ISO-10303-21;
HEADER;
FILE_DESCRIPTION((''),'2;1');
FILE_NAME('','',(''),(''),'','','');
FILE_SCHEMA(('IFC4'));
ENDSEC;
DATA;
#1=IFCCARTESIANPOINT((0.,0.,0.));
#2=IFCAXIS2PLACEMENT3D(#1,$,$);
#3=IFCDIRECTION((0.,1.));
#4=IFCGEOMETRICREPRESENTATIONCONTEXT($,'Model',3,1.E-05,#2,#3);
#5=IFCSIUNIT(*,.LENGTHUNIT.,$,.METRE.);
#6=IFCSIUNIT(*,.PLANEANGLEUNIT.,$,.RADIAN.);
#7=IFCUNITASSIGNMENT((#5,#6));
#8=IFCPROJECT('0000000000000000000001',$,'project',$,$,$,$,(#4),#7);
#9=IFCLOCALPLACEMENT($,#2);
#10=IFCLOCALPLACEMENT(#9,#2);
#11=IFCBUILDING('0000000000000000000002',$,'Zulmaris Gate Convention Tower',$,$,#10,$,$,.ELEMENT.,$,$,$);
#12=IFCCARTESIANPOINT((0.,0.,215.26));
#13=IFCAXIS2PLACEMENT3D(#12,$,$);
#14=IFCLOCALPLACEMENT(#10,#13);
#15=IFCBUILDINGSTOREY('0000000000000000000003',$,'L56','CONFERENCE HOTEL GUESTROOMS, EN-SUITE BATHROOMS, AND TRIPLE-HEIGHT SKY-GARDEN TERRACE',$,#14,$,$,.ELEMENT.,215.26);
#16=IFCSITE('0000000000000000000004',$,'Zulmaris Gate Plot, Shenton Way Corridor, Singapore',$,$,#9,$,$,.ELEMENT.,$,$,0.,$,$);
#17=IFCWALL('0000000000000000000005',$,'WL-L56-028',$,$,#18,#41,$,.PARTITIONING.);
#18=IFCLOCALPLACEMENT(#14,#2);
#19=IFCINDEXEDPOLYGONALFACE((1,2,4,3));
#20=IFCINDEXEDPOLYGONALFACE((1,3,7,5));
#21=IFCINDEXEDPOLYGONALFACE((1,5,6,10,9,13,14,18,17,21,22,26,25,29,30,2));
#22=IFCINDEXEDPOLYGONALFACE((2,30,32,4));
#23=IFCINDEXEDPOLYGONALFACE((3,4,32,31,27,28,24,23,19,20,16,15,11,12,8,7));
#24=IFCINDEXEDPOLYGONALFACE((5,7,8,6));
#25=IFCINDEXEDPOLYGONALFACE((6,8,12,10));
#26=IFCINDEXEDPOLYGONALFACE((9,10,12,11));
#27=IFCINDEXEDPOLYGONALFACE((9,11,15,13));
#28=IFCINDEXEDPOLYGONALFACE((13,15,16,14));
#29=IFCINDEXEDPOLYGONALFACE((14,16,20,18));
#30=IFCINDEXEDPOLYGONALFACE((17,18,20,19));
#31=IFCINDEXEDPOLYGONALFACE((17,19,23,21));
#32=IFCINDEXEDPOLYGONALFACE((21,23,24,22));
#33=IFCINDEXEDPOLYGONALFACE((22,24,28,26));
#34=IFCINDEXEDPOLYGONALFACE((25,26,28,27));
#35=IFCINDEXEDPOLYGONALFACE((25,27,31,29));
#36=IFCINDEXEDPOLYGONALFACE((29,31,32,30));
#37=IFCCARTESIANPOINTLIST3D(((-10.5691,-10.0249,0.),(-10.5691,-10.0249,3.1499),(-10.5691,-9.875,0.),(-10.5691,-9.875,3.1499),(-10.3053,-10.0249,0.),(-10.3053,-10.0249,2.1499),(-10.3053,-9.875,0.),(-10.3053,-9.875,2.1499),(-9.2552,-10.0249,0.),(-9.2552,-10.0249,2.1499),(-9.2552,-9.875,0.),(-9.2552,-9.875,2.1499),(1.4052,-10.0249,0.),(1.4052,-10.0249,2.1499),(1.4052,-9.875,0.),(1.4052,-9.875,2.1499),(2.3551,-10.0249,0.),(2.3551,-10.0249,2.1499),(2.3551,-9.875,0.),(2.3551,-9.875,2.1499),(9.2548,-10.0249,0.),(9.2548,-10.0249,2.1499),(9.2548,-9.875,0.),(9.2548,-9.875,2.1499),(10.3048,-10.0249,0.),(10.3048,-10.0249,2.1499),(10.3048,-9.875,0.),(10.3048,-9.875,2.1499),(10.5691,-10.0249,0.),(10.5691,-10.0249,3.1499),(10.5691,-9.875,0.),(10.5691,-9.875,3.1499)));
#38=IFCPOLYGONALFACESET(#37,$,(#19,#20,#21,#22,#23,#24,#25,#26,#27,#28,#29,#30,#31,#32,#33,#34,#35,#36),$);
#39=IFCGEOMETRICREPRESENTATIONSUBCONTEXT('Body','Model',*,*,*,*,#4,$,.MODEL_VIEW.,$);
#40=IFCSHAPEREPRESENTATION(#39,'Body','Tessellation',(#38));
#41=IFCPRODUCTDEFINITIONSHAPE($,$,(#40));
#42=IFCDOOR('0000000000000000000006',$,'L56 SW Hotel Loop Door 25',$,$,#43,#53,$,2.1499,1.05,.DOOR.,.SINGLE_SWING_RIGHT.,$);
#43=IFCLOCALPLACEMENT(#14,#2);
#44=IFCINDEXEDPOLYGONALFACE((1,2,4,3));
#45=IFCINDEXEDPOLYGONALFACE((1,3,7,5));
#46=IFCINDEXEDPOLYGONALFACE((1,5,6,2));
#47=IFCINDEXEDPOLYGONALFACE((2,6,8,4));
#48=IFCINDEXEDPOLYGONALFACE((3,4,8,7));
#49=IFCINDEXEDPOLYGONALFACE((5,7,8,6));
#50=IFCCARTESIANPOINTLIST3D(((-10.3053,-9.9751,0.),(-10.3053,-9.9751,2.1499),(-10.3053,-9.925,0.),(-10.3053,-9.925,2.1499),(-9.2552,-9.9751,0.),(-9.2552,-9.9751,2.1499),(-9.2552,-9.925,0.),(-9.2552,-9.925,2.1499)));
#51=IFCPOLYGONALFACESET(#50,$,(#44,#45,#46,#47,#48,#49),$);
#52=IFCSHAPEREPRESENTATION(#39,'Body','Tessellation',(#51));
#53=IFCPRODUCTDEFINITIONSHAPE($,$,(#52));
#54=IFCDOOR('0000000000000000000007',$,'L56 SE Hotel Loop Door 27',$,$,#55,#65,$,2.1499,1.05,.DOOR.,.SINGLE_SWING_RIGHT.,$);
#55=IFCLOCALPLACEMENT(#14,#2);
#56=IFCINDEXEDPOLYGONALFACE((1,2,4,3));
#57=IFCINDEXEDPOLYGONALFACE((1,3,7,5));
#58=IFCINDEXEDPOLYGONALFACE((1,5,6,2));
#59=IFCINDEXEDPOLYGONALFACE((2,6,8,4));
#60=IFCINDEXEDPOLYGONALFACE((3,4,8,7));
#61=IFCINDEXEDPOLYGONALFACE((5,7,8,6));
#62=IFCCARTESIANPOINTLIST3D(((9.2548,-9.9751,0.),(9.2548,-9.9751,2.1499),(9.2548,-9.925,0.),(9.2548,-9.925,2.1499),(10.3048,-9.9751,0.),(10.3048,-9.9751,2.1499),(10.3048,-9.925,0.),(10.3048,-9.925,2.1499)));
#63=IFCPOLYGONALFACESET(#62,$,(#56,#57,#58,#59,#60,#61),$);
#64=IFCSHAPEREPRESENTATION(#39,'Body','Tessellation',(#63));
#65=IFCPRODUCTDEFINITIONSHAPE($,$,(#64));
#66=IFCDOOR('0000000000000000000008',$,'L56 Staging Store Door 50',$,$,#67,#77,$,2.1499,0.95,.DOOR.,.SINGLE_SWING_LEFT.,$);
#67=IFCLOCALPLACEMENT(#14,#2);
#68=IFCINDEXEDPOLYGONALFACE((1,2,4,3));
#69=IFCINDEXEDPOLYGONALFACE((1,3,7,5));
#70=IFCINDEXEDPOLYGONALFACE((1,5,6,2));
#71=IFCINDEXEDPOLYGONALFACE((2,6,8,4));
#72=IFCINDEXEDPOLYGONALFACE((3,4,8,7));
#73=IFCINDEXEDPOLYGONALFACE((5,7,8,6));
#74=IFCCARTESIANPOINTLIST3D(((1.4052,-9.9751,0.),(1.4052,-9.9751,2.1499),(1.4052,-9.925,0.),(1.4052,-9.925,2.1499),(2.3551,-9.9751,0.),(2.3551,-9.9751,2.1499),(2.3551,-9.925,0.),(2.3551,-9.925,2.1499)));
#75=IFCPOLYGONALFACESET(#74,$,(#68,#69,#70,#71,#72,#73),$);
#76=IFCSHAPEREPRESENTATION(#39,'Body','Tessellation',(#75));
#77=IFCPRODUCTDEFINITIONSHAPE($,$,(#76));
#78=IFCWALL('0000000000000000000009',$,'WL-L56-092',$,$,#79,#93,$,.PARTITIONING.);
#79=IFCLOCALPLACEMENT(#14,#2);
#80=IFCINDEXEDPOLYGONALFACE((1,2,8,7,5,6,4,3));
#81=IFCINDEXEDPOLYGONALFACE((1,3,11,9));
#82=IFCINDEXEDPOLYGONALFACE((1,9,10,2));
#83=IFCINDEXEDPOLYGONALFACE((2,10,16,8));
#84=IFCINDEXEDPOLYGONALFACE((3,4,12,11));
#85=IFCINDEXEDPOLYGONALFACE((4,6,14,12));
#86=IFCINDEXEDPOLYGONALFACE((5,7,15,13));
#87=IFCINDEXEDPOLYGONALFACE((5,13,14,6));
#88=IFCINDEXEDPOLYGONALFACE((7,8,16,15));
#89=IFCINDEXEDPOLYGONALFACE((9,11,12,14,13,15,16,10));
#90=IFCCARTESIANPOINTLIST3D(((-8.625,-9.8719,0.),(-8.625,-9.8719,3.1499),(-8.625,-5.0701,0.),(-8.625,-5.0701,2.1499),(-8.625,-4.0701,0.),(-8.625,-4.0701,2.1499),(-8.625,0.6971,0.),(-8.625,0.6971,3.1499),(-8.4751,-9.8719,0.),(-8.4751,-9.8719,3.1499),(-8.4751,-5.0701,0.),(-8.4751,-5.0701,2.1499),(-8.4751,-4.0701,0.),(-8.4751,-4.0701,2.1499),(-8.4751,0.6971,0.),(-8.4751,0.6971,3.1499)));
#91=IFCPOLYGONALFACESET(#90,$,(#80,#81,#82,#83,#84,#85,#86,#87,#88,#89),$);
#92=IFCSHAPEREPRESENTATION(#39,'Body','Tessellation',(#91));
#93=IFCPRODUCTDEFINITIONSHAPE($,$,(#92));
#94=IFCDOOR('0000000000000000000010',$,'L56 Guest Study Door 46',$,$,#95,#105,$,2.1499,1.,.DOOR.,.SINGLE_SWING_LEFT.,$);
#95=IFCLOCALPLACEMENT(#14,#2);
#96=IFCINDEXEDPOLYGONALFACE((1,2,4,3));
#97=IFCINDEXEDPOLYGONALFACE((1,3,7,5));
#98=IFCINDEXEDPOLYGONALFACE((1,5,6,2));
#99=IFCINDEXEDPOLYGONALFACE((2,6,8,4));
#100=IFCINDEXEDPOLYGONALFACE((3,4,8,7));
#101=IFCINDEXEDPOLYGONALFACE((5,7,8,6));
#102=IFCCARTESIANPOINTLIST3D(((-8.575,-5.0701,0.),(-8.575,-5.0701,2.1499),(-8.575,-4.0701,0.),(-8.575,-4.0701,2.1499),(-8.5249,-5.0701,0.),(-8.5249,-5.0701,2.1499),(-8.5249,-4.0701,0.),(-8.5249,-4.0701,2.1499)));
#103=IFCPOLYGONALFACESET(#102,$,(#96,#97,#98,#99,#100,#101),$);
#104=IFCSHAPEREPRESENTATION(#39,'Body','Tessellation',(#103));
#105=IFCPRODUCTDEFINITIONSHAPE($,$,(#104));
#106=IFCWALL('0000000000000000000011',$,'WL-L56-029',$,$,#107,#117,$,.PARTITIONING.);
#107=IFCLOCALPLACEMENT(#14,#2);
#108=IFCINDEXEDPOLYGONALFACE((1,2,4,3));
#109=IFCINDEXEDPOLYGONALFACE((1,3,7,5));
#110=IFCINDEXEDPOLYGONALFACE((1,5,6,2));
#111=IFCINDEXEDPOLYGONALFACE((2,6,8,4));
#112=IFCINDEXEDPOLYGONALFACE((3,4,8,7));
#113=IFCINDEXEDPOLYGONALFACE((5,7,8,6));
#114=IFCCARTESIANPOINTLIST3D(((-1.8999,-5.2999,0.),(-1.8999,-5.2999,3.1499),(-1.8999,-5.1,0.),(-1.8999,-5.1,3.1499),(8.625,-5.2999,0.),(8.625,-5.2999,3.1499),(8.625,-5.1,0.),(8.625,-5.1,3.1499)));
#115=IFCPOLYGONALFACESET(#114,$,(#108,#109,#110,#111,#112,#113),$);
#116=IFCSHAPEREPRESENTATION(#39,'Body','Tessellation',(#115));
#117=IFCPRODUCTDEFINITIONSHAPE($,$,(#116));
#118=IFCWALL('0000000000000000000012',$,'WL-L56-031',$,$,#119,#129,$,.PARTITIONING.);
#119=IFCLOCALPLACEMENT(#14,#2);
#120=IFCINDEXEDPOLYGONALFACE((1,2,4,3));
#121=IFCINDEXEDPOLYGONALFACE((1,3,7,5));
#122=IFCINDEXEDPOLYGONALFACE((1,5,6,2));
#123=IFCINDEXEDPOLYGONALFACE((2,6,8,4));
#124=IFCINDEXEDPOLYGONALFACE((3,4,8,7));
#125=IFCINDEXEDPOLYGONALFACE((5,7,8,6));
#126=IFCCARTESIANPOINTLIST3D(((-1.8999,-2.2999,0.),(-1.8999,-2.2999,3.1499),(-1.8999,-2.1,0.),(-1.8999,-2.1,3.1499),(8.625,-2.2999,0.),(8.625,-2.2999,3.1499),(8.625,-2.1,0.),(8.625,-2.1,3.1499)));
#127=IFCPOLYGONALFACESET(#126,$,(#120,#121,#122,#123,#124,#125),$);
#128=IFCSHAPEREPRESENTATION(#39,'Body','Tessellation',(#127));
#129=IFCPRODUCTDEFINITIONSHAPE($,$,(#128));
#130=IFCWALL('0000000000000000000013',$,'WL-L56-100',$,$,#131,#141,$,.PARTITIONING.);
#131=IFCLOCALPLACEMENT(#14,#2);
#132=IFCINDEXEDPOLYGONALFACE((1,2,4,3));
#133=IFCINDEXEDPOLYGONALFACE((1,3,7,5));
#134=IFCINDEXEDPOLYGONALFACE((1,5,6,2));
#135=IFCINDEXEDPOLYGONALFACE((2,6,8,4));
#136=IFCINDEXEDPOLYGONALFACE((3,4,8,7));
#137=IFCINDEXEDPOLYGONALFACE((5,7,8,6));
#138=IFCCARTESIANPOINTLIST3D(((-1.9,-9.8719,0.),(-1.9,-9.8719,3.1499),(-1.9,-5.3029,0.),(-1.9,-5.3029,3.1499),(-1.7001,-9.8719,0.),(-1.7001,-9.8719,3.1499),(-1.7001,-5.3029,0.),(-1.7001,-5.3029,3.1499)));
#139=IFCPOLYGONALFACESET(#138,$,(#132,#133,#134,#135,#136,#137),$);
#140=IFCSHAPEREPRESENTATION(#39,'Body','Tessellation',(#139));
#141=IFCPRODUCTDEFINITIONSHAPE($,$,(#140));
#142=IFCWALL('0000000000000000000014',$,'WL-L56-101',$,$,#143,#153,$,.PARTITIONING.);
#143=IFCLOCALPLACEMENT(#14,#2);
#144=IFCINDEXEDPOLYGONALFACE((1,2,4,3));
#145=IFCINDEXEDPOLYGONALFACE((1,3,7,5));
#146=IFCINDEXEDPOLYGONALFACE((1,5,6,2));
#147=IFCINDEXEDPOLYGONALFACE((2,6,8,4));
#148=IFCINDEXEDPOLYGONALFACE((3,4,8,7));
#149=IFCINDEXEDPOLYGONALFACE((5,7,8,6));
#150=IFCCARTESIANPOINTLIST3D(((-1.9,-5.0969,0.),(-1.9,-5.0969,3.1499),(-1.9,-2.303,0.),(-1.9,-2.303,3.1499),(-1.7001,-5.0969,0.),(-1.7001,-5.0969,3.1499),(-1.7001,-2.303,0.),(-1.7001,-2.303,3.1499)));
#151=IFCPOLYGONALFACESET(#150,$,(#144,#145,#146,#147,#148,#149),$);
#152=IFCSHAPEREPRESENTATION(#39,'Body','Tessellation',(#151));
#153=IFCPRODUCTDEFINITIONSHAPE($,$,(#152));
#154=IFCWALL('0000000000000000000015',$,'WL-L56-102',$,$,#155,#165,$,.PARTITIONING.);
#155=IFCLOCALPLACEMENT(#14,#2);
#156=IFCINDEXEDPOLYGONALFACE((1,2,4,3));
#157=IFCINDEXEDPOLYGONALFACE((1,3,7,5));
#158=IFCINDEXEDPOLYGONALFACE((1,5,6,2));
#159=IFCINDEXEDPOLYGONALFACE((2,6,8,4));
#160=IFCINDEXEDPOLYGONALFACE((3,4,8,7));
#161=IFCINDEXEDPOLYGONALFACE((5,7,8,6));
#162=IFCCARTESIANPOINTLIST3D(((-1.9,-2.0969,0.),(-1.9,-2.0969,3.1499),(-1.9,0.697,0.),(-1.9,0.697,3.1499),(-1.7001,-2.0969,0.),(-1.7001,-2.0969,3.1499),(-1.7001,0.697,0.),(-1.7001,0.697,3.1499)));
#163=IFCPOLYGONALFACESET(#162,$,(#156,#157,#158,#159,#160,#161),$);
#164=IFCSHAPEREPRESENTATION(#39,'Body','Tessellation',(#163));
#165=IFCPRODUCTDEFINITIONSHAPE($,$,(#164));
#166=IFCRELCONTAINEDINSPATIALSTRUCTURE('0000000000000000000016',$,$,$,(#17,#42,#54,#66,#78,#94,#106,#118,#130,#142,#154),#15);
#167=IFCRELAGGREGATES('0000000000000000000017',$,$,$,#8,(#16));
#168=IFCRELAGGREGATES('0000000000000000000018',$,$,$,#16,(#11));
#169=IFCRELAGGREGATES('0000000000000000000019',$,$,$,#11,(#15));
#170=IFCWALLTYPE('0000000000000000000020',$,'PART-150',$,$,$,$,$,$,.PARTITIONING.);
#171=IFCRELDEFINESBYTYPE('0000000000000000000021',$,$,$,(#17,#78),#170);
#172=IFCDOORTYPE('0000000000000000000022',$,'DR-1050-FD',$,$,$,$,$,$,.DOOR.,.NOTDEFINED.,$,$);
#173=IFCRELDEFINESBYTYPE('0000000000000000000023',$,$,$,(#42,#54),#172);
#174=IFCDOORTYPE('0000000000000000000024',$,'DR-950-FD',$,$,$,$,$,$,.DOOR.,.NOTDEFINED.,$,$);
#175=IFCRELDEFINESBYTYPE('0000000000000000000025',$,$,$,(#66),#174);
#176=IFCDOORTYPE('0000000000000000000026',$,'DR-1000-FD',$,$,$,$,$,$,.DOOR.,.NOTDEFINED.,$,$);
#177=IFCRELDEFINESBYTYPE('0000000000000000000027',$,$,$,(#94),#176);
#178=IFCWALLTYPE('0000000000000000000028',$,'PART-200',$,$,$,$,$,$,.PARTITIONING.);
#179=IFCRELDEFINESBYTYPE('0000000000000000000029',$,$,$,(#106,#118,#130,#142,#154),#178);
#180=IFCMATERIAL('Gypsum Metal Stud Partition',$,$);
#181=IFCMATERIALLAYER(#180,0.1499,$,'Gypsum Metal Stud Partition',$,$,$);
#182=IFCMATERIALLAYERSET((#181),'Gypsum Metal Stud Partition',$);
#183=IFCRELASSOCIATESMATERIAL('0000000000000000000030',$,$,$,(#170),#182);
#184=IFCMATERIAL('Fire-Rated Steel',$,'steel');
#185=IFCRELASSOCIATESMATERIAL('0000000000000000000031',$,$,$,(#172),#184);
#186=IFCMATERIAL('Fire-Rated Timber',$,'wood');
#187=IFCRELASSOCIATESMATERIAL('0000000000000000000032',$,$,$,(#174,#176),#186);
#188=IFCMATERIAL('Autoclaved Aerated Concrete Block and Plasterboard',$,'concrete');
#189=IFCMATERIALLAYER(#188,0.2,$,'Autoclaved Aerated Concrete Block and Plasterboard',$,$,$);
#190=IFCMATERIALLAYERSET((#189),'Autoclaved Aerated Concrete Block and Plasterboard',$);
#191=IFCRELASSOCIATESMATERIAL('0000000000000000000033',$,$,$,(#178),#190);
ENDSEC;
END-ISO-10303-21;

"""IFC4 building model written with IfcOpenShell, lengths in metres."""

from ifc_helpers import new_model, si_unit, direction, frame, frame_2d, origin, place, context, subcontext, project, spatial, rectangle, extrude, material, layer, layer_set, type_object, element, fill, save


model = new_model("IFC4")

# Units and contexts
model_context = context("Model", 3, precision=1e-05, world=origin(), true_north=direction((0.0, 1.0)))
body_context = subcontext(model_context, "Body", "Model", "MODEL_VIEW")
ifc_project = project(units=[si_unit("LENGTHUNIT", "METRE"), si_unit("PLANEANGLEUNIT", "RADIAN")], contexts=[model_context])

# Site, building, storey
site_placement = place(None, origin())
site = spatial("IfcSite", under=ifc_project, at=site_placement, Name="Zulmaris Gate Plot, Shenton Way Corridor, Singapore", CompositionType="ELEMENT", RefElevation=0.0)
building_placement = place(site_placement, origin())
building = spatial("IfcBuilding", under=site, at=building_placement, Name="Zulmaris Gate Convention Tower", CompositionType="ELEMENT")
storey_placement = place(building_placement, frame((0.0, 0.0, 215.26)))
storey = spatial("IfcBuildingStorey", under=building, at=storey_placement, Name="L56", Description="CONFERENCE HOTEL GUESTROOMS, EN-SUITE BATHROOMS, AND TRIPLE-HEIGHT SKY-GARDEN TERRACE", CompositionType="ELEMENT", Elevation=215.26)

# Wall, openings, doors
ifc_material_1 = material(Name="Gypsum Metal Stud Partition")
ifc_layer_1 = layer(ifc_material_1, 0.1499, Name="Gypsum Metal Stud Partition")
ifc_layer_set_1 = layer_set([ifc_layer_1], Name="Gypsum Metal Stud Partition")
wall_type_1 = type_object("IfcWallType", Name="PART-150", PredefinedType="PARTITIONING", material=ifc_layer_set_1)
wall_1_placement = place(storey_placement, frame((-10.5691, -9.95, 0.0), z_axis=(0.0, 0.0, 1.0), x_axis=(1.0, 0.0, 0.0)))
wall_1 = element("IfcWall", 1, at=wall_1_placement, inside=storey, type_object=wall_type_1, Name="WL-L56-028", PredefinedType="PARTITIONING", context=body_context, shape_type="SweptSolid", body=[
    extrude(rectangle(XDim=21.1382, YDim=0.1499, at=frame_2d((10.5691, 0.0))), origin(), (0.0, 0.0, 1.0), 3.1499),
])
opening_1_placement = place(wall_1_placement, frame((0.2639, 0.0, 0.0)))
opening_1 = element("IfcOpeningElement", 2, at=opening_1_placement, cuts=wall_1, PredefinedType="OPENING", context=body_context, shape_type="SweptSolid", body=[
    extrude(rectangle(XDim=1.05, YDim=2.1499, at=frame_2d((0.5249, 1.075))), frame((0.0, 0.085, 0.0), z_axis=(0.0, -1.0, 0.0), x_axis=(1.0, 0.0, 0.0)), (0.0, 0.0, 1.0), 0.1699),
])
opening_2_placement = place(wall_1_placement, frame((19.824, 0.0, 0.0)))
opening_2 = element("IfcOpeningElement", 3, at=opening_2_placement, cuts=wall_1, PredefinedType="OPENING", context=body_context, shape_type="SweptSolid", body=[
    extrude(rectangle(XDim=1.05, YDim=2.1499, at=frame_2d((0.5249, 1.075))), frame((0.0, 0.085, 0.0), z_axis=(0.0, -1.0, 0.0), x_axis=(1.0, 0.0, 0.0)), (0.0, 0.0, 1.0), 0.1699),
])
opening_3_placement = place(wall_1_placement, frame((11.9741, 0.0, 0.0)))
opening_3 = element("IfcOpeningElement", 4, at=opening_3_placement, cuts=wall_1, PredefinedType="OPENING", context=body_context, shape_type="SweptSolid", body=[
    extrude(rectangle(XDim=0.95, YDim=2.1499, at=frame_2d((0.4751, 1.075))), frame((0.0, 0.085, 0.0), z_axis=(0.0, -1.0, 0.0), x_axis=(1.0, 0.0, 0.0)), (0.0, 0.0, 1.0), 0.1699),
])
ifc_material_2 = material(Name="Fire-Rated Steel", Category="steel")
door_type_1 = type_object("IfcDoorType", Name="DR-1050-FD", OperationType="NOTDEFINED", PredefinedType="DOOR", material=ifc_material_2)
door_1_placement = place(opening_1_placement, origin())
door_1 = element("IfcDoor", 5, at=door_1_placement, inside=storey, type_object=door_type_1, Name="L56 SW Hotel Loop Door 25", OperationType="SINGLE_SWING_RIGHT", OverallHeight=2.1499, OverallWidth=1.05, PredefinedType="DOOR", context=body_context, shape_type="SweptSolid", body=[
    extrude(rectangle(XDim=1.05, YDim=2.1499, at=frame_2d((0.5249, 1.075))), frame((0.0, 0.0249, 0.0), z_axis=(0.0, -1.0, 0.0), x_axis=(1.0, 0.0, 0.0)), (0.0, 0.0, 1.0), 0.05),
])
fill(opening_1, door_1)
door_2_placement = place(opening_2_placement, origin())
door_2 = element("IfcDoor", 6, at=door_2_placement, inside=storey, type_object=door_type_1, Name="L56 SE Hotel Loop Door 27", OperationType="SINGLE_SWING_RIGHT", OverallHeight=2.1499, OverallWidth=1.05, PredefinedType="DOOR", context=body_context, shape_type="SweptSolid", body=[
    extrude(rectangle(XDim=1.05, YDim=2.1499, at=frame_2d((0.5249, 1.075))), frame((0.0, 0.0249, 0.0), z_axis=(0.0, -1.0, 0.0), x_axis=(1.0, 0.0, 0.0)), (0.0, 0.0, 1.0), 0.05),
])
fill(opening_2, door_2)
ifc_material_3 = material(Name="Fire-Rated Timber", Category="wood")
door_type_2 = type_object("IfcDoorType", Name="DR-950-FD", OperationType="NOTDEFINED", PredefinedType="DOOR", material=ifc_material_3)
door_3_placement = place(opening_3_placement, origin())
door_3 = element("IfcDoor", 7, at=door_3_placement, inside=storey, type_object=door_type_2, Name="L56 Staging Store Door 50", OperationType="SINGLE_SWING_LEFT", OverallHeight=2.1499, OverallWidth=0.95, PredefinedType="DOOR", context=body_context, shape_type="SweptSolid", body=[
    extrude(rectangle(XDim=0.95, YDim=2.1499, at=frame_2d((0.4751, 1.075))), frame((0.0, 0.0249, 0.0), z_axis=(0.0, -1.0, 0.0), x_axis=(1.0, 0.0, 0.0)), (0.0, 0.0, 1.0), 0.05),
])
fill(opening_3, door_3)

# Wall, opening, door
wall_2_placement = place(storey_placement, frame((-8.55, -9.8721, 0.0), z_axis=(0.0, 0.0, 1.0), x_axis=(0.0, 1.0, 0.0)))
wall_2 = element("IfcWall", 8, at=wall_2_placement, inside=storey, type_object=wall_type_1, Name="WL-L56-092", PredefinedType="PARTITIONING", context=body_context, shape_type="SweptSolid", body=[
    extrude(rectangle(XDim=10.5691, YDim=0.1499, at=frame_2d((5.2847, 0.0))), origin(), (0.0, 0.0, 1.0), 3.1499),
])
opening_4_placement = place(wall_2_placement, frame((4.802, 0.0, 0.0)))
opening_4 = element("IfcOpeningElement", 9, at=opening_4_placement, cuts=wall_2, PredefinedType="OPENING", context=body_context, shape_type="SweptSolid", body=[
    extrude(rectangle(XDim=1.0, YDim=2.1499, at=frame_2d((0.5, 1.075))), frame((0.0, 0.085, 0.0), z_axis=(0.0, -1.0, 0.0), x_axis=(1.0, 0.0, 0.0)), (0.0, 0.0, 1.0), 0.1699),
])
door_type_3 = type_object("IfcDoorType", Name="DR-1000-FD", OperationType="NOTDEFINED", PredefinedType="DOOR", material=ifc_material_3)
door_4_placement = place(opening_4_placement, origin())
door_4 = element("IfcDoor", 10, at=door_4_placement, inside=storey, type_object=door_type_3, Name="L56 Guest Study Door 46", OperationType="SINGLE_SWING_LEFT", OverallHeight=2.1499, OverallWidth=1.0, PredefinedType="DOOR", context=body_context, shape_type="SweptSolid", body=[
    extrude(rectangle(XDim=1.0, YDim=2.1499, at=frame_2d((0.5, 1.075))), frame((0.0, 0.0249, 0.0), z_axis=(0.0, -1.0, 0.0), x_axis=(1.0, 0.0, 0.0)), (0.0, 0.0, 1.0), 0.05),
])
fill(opening_4, door_4)

# Walls
ifc_material_4 = material(Name="Autoclaved Aerated Concrete Block and Plasterboard", Category="concrete")
ifc_layer_2 = layer(ifc_material_4, 0.2, Name="Autoclaved Aerated Concrete Block and Plasterboard")
ifc_layer_set_2 = layer_set([ifc_layer_2], Name="Autoclaved Aerated Concrete Block and Plasterboard")
wall_type_2 = type_object("IfcWallType", Name="PART-200", PredefinedType="PARTITIONING", material=ifc_layer_set_2)
for number, where, z_axis, x_axis, name in (
    (11, (-1.8999, -5.2, 0.0), (0.0, 0.0, 1.0), (1.0, 0.0, 0.0), "WL-L56-029"),
    (12, (-1.8999, -2.2, 0.0), (0.0, 0.0, 1.0), (1.0, 0.0, 0.0), "WL-L56-031"),
):
    element("IfcWall", number, at=place(storey_placement, frame(where, z_axis=z_axis, x_axis=x_axis)), inside=storey, type_object=wall_type_2, Name=name, PredefinedType="PARTITIONING", context=body_context, shape_type="SweptSolid", body=[
        extrude(rectangle(XDim=10.5249, YDim=0.2, at=frame_2d((5.2625, 0.0))), origin(), (0.0, 0.0, 1.0), 3.1499),
    ])
wall_3_placement = place(storey_placement, frame((-1.8, -9.8721, 0.0), z_axis=(0.0, 0.0, 1.0), x_axis=(0.0, 1.0, 0.0)))
element("IfcWall", 13, at=wall_3_placement, inside=storey, type_object=wall_type_2, Name="WL-L56-100", PredefinedType="PARTITIONING", context=body_context, shape_type="SweptSolid", body=[
    extrude(rectangle(XDim=4.5691, YDim=0.2, at=frame_2d((2.2847, 0.0))), origin(), (0.0, 0.0, 1.0), 3.1499),
])
for number, where, z_axis, x_axis, name in (
    (14, (-1.8, -5.0969, 0.0), (0.0, 0.0, 1.0), (0.0, 1.0, 0.0), "WL-L56-101"),
    (15, (-1.8, -2.0969, 0.0), (0.0, 0.0, 1.0), (0.0, 1.0, 0.0), "WL-L56-102"),
):
    element("IfcWall", number, at=place(storey_placement, frame(where, z_axis=z_axis, x_axis=x_axis)), inside=storey, type_object=wall_type_2, Name=name, PredefinedType="PARTITIONING", context=body_context, shape_type="SweptSolid", body=[
        extrude(rectangle(XDim=2.7939, YDim=0.2, at=frame_2d((1.397, 0.0))), origin(), (0.0, 0.0, 1.0), 3.1499),
    ])

save(model, "model.ifc")
